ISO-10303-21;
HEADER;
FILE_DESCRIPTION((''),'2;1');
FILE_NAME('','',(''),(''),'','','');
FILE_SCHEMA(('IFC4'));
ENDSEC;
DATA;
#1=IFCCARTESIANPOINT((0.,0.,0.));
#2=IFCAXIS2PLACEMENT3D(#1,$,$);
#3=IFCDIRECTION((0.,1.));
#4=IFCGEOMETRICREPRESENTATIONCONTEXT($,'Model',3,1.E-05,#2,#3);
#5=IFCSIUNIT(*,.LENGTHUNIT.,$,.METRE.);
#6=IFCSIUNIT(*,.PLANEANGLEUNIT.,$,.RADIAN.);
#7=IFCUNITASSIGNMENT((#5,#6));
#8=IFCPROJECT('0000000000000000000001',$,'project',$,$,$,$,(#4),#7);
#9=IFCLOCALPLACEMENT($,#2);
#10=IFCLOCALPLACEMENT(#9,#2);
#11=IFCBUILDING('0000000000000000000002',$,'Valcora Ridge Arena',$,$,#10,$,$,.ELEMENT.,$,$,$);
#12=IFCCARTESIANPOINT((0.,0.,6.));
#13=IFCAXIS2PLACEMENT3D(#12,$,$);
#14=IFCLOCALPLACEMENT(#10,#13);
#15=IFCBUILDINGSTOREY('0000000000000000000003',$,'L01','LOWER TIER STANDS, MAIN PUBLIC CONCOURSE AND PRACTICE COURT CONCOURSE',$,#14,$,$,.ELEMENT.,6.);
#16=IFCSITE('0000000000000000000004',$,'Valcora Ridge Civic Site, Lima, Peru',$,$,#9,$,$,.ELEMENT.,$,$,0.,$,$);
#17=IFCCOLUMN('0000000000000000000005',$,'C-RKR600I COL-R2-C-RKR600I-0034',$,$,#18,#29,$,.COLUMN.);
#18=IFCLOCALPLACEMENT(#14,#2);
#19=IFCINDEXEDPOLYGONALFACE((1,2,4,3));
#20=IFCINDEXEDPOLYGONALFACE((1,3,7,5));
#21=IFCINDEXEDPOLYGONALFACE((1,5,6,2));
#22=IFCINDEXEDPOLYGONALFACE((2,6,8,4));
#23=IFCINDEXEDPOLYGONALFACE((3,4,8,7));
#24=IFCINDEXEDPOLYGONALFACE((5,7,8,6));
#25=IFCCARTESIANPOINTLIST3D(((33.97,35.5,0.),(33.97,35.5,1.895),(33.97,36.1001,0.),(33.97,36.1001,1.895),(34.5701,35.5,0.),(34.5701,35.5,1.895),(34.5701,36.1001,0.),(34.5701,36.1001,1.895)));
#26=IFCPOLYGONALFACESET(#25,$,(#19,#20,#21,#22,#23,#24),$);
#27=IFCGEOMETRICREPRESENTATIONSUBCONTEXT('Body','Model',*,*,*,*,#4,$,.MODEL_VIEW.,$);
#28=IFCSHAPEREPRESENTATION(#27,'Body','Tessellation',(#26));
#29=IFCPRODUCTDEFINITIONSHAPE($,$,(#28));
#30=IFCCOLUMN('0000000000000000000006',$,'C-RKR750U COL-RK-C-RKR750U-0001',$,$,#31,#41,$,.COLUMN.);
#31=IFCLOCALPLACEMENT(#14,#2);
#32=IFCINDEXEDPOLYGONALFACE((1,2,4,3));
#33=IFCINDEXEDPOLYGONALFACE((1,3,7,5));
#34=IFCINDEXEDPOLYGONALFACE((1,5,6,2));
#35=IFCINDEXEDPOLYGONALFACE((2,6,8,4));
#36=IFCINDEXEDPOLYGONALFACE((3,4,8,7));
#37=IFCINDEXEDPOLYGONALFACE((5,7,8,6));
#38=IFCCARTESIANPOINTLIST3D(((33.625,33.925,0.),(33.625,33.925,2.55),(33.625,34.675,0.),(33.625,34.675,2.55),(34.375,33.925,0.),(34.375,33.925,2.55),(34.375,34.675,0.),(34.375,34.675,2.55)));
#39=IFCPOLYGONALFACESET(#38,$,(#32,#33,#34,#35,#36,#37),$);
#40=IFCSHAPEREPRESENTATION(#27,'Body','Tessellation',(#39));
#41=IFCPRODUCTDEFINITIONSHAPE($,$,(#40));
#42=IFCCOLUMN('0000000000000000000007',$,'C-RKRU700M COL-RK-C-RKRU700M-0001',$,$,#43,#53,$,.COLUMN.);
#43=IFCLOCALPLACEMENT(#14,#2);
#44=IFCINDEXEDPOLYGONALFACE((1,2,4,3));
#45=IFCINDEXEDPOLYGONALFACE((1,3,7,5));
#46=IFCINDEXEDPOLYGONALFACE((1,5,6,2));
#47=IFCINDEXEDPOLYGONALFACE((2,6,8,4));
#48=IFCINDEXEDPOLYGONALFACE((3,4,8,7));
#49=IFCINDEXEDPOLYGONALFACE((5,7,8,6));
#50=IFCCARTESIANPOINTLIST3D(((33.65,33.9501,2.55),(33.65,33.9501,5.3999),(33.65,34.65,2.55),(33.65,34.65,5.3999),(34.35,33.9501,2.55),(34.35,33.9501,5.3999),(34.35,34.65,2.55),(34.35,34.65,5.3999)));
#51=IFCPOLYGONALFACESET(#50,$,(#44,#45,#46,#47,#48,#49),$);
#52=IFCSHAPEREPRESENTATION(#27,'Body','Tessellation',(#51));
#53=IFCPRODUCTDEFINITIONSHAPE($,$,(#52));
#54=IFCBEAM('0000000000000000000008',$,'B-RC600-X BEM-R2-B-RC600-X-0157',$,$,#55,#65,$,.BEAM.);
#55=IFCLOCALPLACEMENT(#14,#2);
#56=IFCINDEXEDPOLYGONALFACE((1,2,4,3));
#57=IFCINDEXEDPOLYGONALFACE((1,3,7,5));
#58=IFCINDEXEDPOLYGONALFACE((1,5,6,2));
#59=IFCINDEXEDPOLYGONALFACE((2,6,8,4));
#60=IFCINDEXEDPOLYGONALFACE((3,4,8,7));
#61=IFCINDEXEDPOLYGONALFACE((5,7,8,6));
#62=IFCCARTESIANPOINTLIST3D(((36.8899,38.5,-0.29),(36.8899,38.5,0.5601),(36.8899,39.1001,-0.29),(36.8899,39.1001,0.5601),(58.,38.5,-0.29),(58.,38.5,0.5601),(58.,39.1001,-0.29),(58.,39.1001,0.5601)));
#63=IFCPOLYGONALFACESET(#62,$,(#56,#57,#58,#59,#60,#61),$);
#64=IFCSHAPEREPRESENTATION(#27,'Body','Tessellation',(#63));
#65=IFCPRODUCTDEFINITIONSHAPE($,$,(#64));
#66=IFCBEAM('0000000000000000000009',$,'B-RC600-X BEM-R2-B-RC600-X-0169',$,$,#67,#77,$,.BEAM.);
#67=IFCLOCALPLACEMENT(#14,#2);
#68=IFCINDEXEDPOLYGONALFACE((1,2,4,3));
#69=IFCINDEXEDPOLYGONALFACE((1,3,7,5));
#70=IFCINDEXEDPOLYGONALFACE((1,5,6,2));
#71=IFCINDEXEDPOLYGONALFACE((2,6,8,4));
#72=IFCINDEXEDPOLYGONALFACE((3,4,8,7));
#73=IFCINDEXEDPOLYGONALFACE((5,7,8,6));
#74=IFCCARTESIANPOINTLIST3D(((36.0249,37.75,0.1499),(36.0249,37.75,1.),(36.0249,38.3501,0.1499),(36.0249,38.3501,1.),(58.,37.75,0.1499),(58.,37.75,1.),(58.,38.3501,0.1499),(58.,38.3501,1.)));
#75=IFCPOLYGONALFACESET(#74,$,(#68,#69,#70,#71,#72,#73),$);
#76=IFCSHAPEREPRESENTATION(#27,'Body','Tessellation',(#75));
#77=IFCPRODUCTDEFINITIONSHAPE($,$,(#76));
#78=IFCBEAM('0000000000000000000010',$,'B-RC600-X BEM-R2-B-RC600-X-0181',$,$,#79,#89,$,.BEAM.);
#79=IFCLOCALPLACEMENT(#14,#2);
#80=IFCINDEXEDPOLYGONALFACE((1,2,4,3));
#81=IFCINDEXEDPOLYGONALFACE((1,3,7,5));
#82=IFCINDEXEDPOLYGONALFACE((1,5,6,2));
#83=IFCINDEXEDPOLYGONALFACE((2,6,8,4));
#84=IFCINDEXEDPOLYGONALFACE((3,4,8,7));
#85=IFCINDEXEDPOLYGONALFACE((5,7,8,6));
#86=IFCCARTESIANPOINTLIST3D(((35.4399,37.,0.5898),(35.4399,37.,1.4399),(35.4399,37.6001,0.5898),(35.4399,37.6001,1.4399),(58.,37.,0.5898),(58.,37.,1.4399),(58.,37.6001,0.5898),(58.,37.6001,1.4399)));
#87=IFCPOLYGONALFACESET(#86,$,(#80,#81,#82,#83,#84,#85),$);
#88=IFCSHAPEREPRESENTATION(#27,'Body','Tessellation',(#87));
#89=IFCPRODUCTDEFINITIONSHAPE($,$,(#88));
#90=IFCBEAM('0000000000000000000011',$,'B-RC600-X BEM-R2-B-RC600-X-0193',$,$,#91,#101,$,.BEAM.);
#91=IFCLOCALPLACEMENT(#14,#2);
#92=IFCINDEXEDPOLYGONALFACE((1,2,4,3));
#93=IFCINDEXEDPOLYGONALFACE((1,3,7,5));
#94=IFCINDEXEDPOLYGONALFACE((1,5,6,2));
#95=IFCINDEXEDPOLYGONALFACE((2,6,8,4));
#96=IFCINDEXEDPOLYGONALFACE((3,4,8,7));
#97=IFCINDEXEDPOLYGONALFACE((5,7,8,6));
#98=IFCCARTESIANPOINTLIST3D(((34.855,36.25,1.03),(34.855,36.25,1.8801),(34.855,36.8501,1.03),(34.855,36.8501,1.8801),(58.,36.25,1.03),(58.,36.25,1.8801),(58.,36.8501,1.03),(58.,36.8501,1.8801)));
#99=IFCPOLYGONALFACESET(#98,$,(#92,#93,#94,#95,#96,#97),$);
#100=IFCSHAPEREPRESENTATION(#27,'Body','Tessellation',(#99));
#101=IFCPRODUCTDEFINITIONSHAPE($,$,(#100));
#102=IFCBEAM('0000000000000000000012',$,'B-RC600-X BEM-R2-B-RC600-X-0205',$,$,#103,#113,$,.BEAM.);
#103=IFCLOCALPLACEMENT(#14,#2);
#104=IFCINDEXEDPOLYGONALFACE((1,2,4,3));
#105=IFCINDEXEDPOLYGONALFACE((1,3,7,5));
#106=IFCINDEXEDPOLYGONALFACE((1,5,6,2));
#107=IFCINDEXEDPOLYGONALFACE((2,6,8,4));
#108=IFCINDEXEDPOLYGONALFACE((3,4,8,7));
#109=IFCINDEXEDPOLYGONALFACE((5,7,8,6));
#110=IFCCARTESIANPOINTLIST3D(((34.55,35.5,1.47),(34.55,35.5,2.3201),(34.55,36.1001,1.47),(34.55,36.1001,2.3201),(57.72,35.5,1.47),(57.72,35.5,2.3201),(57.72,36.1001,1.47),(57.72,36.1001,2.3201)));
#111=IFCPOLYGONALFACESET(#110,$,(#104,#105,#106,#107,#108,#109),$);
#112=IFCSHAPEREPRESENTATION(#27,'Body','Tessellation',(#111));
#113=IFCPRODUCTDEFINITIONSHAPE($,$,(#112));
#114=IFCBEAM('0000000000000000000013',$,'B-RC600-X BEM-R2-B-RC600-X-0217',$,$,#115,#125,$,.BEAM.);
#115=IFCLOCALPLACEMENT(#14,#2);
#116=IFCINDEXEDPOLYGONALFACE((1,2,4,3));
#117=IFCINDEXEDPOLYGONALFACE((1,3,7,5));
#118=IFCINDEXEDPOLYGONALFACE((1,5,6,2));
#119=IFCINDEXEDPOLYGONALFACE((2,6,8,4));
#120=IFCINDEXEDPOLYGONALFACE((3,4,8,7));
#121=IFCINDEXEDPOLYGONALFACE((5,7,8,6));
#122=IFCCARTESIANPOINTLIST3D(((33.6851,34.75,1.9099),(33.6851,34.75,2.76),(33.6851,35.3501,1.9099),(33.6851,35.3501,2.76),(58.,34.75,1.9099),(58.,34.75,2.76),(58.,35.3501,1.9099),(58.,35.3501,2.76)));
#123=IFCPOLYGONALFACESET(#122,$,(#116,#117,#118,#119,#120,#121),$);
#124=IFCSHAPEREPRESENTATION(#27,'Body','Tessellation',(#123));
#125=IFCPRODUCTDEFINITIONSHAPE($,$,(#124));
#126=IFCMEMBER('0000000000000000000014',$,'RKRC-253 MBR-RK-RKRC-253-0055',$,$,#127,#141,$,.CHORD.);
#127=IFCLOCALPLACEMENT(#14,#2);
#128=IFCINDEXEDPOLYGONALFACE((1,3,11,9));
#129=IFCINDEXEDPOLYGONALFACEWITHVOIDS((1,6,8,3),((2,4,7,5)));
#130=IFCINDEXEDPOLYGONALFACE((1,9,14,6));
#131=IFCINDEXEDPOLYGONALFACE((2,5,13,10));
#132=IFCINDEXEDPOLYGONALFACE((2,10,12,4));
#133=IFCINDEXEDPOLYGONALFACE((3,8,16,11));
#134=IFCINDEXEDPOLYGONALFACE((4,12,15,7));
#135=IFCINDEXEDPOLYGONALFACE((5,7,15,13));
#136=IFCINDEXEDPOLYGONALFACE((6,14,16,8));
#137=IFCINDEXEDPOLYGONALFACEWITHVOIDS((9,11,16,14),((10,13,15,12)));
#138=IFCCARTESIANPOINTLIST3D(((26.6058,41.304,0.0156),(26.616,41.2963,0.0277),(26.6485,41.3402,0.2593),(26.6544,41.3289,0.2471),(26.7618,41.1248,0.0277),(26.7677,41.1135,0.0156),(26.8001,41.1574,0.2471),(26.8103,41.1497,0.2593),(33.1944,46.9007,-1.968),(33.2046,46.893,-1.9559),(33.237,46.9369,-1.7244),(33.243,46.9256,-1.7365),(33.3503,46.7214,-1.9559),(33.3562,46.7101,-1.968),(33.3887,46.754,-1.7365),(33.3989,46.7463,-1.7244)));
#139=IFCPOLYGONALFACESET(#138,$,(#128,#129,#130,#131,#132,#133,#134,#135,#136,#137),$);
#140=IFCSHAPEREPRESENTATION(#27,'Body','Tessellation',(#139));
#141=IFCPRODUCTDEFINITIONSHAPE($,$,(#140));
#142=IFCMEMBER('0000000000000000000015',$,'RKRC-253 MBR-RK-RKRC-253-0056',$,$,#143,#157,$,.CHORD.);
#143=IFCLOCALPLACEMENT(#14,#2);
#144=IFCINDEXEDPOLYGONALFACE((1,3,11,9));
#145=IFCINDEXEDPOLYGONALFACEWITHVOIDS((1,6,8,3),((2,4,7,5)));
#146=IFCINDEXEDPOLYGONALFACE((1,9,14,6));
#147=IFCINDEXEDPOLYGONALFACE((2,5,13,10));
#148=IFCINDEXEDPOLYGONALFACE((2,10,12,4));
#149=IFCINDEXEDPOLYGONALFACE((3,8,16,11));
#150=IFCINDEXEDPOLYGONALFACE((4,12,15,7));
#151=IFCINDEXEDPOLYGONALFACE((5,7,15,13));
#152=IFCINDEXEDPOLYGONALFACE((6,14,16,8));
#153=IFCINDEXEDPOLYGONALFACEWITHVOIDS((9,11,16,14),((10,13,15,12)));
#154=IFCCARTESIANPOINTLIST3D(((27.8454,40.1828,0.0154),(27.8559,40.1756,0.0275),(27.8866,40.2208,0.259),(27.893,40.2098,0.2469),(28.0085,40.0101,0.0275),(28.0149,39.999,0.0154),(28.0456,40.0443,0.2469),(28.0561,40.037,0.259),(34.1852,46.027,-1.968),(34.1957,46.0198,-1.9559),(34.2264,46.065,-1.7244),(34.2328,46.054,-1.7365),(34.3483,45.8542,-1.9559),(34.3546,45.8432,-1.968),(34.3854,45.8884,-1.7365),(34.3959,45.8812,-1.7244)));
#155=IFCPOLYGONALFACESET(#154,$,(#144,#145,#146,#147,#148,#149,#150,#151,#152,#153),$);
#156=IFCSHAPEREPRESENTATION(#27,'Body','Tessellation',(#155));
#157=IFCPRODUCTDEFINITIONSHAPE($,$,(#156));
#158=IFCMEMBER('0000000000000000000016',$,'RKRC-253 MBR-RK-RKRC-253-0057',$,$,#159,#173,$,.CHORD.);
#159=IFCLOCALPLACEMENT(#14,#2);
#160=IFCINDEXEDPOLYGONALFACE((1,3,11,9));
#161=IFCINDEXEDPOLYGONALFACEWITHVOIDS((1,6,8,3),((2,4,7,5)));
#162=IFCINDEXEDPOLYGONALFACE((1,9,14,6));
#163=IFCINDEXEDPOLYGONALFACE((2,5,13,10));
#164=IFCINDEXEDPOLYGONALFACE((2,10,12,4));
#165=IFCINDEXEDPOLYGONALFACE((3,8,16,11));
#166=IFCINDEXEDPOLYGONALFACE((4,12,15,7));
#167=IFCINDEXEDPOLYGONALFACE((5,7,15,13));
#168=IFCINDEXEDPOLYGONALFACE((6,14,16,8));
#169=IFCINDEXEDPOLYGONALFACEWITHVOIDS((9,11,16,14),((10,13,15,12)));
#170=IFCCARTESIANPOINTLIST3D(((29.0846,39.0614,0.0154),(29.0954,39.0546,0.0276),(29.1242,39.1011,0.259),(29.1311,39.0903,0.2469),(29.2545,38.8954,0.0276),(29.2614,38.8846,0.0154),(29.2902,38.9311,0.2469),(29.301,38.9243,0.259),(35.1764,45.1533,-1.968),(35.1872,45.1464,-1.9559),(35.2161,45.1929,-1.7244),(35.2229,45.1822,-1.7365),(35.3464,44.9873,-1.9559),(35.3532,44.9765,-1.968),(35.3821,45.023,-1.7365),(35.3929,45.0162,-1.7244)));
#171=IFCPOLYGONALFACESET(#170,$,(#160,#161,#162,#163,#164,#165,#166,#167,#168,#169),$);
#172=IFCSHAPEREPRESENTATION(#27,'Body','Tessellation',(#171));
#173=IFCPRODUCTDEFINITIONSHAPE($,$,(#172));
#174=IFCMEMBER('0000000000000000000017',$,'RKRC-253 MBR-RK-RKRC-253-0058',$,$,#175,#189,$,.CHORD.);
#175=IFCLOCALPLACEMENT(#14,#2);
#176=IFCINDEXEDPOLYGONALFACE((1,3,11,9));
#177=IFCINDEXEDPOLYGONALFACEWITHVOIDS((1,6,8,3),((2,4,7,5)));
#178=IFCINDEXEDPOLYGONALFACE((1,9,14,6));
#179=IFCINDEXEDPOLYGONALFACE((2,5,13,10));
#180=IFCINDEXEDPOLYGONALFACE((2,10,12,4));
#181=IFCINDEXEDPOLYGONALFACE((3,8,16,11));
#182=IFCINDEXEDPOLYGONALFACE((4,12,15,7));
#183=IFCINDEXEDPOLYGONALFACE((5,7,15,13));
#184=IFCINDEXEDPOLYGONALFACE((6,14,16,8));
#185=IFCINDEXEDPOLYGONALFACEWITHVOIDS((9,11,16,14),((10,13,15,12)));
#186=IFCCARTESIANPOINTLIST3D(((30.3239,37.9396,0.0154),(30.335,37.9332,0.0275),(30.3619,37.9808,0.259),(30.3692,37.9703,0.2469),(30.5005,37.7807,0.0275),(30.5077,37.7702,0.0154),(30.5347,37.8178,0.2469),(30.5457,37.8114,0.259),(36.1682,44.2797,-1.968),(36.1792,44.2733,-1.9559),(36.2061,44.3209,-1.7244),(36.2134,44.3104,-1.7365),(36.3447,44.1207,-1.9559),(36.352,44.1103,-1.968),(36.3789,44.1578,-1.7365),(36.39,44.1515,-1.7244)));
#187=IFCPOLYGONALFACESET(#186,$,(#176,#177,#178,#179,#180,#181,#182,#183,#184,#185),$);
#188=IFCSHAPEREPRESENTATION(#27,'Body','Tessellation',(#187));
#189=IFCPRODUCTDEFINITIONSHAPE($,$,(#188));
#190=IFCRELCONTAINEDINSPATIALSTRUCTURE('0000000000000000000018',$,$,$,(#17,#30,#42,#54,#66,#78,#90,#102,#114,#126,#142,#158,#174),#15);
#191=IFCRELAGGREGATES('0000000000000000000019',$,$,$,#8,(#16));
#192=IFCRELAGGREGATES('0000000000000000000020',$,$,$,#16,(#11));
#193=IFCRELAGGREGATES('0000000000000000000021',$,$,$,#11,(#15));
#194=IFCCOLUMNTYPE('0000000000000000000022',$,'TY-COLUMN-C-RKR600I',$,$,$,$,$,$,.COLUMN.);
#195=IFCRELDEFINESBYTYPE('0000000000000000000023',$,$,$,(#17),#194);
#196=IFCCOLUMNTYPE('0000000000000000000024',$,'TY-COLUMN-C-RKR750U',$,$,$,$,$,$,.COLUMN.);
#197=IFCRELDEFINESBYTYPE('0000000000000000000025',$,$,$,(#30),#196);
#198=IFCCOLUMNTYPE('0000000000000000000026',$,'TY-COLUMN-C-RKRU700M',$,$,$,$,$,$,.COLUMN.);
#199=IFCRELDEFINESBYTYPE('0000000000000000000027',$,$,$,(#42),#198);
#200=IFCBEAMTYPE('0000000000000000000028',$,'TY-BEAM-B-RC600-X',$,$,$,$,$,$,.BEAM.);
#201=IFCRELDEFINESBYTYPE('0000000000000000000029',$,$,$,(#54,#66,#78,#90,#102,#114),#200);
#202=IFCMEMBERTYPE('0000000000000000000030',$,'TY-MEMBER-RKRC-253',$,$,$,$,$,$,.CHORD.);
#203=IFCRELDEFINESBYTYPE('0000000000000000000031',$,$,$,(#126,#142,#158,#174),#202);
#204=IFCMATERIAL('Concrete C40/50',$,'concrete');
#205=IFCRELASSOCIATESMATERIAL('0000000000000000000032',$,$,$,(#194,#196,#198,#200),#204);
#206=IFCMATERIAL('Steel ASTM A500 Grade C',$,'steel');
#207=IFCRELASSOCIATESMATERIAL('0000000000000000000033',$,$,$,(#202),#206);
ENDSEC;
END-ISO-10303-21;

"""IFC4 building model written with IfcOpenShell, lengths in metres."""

from ifc_helpers import new_model, si_unit, direction, frame, origin, origin_2d, place, context, subcontext, project, spatial, rectangle, hollow_rectangle, extrude, material, material_profile, profile_set, type_object, element, save


model = new_model("IFC4")

# Units and contexts
model_context = context("Model", 3, precision=1e-05, world=origin(), true_north=direction((0.0, 1.0)))
body_context = subcontext(model_context, "Body", "Model", "MODEL_VIEW")
ifc_project = project(units=[si_unit("LENGTHUNIT", "METRE"), si_unit("PLANEANGLEUNIT", "RADIAN")], contexts=[model_context])

# Site, building, storey
site_placement = place(None, origin())
site = spatial("IfcSite", under=ifc_project, at=site_placement, Name="Valcora Ridge Civic Site, Lima, Peru", CompositionType="ELEMENT", RefElevation=0.0)
building_placement = place(site_placement, origin())
building = spatial("IfcBuilding", under=site, at=building_placement, Name="Valcora Ridge Arena", CompositionType="ELEMENT")
storey_placement = place(building_placement, frame((0.0, 0.0, 6.0)))
storey = spatial("IfcBuildingStorey", under=building, at=storey_placement, Name="L01", Description="LOWER TIER STANDS, MAIN PUBLIC CONCOURSE AND PRACTICE COURT CONCOURSE", CompositionType="ELEMENT", Elevation=6.0)

# Columns
ifc_material_1 = material(Name="Concrete C40/50", Category="concrete")
ifc_material_profile_1 = material_profile(ifc_material_1, rectangle(XDim=0.6001, YDim=0.6001, at=origin_2d()), Name="RC 600x600")
ifc_profile_set_1 = profile_set([ifc_material_profile_1], Name="Concrete C40/50")
column_type_1 = type_object("IfcColumnType", Name="TY-COLUMN-C-RKR600I", PredefinedType="COLUMN", material=ifc_profile_set_1)
column_1_placement = place(storey_placement, frame((34.27, 35.8, 0.0), z_axis=(0.0, 0.0, 1.0), x_axis=(1.0, 0.0, 0.0)))
element("IfcColumn", 1, at=column_1_placement, inside=storey, type_object=column_type_1, Name="C-RKR600I COL-R2-C-RKR600I-0034", PredefinedType="COLUMN", context=body_context, shape_type="SweptSolid", body=[
    extrude(rectangle(XDim=0.6001, YDim=0.6001, at=origin_2d()), origin(), (0.0, 0.0, 1.0), 1.895),
])
ifc_material_profile_2 = material_profile(ifc_material_1, rectangle(XDim=0.75, YDim=0.75, at=origin_2d()), Name="RC 750x750")
ifc_profile_set_2 = profile_set([ifc_material_profile_2], Name="Concrete C40/50")
column_type_2 = type_object("IfcColumnType", Name="TY-COLUMN-C-RKR750U", PredefinedType="COLUMN", material=ifc_profile_set_2)
column_2_placement = place(storey_placement, frame((34.0, 34.3, 0.0), z_axis=(0.0, 0.0, 1.0), x_axis=(1.0, 0.0, 0.0)))
element("IfcColumn", 2, at=column_2_placement, inside=storey, type_object=column_type_2, Name="C-RKR750U COL-RK-C-RKR750U-0001", PredefinedType="COLUMN", context=body_context, shape_type="SweptSolid", body=[
    extrude(rectangle(XDim=0.75, YDim=0.75, at=origin_2d()), origin(), (0.0, 0.0, 1.0), 2.55),
])
ifc_material_profile_3 = material_profile(ifc_material_1, rectangle(XDim=0.7, YDim=0.7, at=origin_2d()), Name="RC 700x700")
ifc_profile_set_3 = profile_set([ifc_material_profile_3], Name="Concrete C40/50")
column_type_3 = type_object("IfcColumnType", Name="TY-COLUMN-C-RKRU700M", PredefinedType="COLUMN", material=ifc_profile_set_3)
column_3_placement = place(storey_placement, frame((34.0, 34.3, 2.55), z_axis=(0.0, 0.0, 1.0), x_axis=(1.0, 0.0, 0.0)))
element("IfcColumn", 3, at=column_3_placement, inside=storey, type_object=column_type_3, Name="C-RKRU700M COL-RK-C-RKRU700M-0001", PredefinedType="COLUMN", context=body_context, shape_type="SweptSolid", body=[
    extrude(rectangle(XDim=0.7, YDim=0.7, at=origin_2d()), origin(), (0.0, 0.0, 1.0), 2.8499),
])

# Beams
ifc_material_profile_4 = material_profile(ifc_material_1, rectangle(XDim=0.6001, YDim=0.8501, at=origin_2d()), Name="RC 600x850")
ifc_profile_set_4 = profile_set([ifc_material_profile_4], Name="Concrete C40/50")
beam_type = type_object("IfcBeamType", Name="TY-BEAM-B-RC600-X", PredefinedType="BEAM", material=ifc_profile_set_4)
beam_1_placement = place(storey_placement, frame((36.8899, 38.8, 0.135), z_axis=(1.0, 0.0, 0.0), x_axis=(0.0, 1.0, 0.0)))
element("IfcBeam", 4, at=beam_1_placement, inside=storey, type_object=beam_type, Name="B-RC600-X BEM-R2-B-RC600-X-0157", PredefinedType="BEAM", context=body_context, shape_type="SweptSolid", body=[
    extrude(rectangle(XDim=0.6001, YDim=0.8501, at=origin_2d()), origin(), (0.0, 0.0, 1.0), 21.1101),
])
beam_2_placement = place(storey_placement, frame((36.0249, 38.05, 0.575), z_axis=(1.0, 0.0, 0.0), x_axis=(0.0, 1.0, 0.0)))
element("IfcBeam", 5, at=beam_2_placement, inside=storey, type_object=beam_type, Name="B-RC600-X BEM-R2-B-RC600-X-0169", PredefinedType="BEAM", context=body_context, shape_type="SweptSolid", body=[
    extrude(rectangle(XDim=0.6001, YDim=0.8501, at=origin_2d()), origin(), (0.0, 0.0, 1.0), 21.9751),
])
beam_3_placement = place(storey_placement, frame((35.4399, 37.3, 1.0149), z_axis=(1.0, 0.0, 0.0), x_axis=(0.0, 1.0, 0.0)))
element("IfcBeam", 6, at=beam_3_placement, inside=storey, type_object=beam_type, Name="B-RC600-X BEM-R2-B-RC600-X-0181", PredefinedType="BEAM", context=body_context, shape_type="SweptSolid", body=[
    extrude(rectangle(XDim=0.6001, YDim=0.8501, at=origin_2d()), origin(), (0.0, 0.0, 1.0), 22.5601),
])
beam_4_placement = place(storey_placement, frame((34.855, 36.55, 1.4551), z_axis=(1.0, 0.0, 0.0), x_axis=(0.0, 1.0, 0.0)))
element("IfcBeam", 7, at=beam_4_placement, inside=storey, type_object=beam_type, Name="B-RC600-X BEM-R2-B-RC600-X-0193", PredefinedType="BEAM", context=body_context, shape_type="SweptSolid", body=[
    extrude(rectangle(XDim=0.6001, YDim=0.8501, at=origin_2d()), origin(), (0.0, 0.0, 1.0), 23.145),
])
beam_5_placement = place(storey_placement, frame((34.55, 35.8, 1.895), z_axis=(1.0, 0.0, 0.0), x_axis=(0.0, 1.0, 0.0)))
element("IfcBeam", 8, at=beam_5_placement, inside=storey, type_object=beam_type, Name="B-RC600-X BEM-R2-B-RC600-X-0205", PredefinedType="BEAM", context=body_context, shape_type="SweptSolid", body=[
    extrude(rectangle(XDim=0.6001, YDim=0.8501, at=origin_2d()), origin(), (0.0, 0.0, 1.0), 23.1699),
])
beam_6_placement = place(storey_placement, frame((33.6851, 35.05, 2.335), z_axis=(1.0, 0.0, 0.0), x_axis=(0.0, 1.0, 0.0)))
element("IfcBeam", 9, at=beam_6_placement, inside=storey, type_object=beam_type, Name="B-RC600-X BEM-R2-B-RC600-X-0217", PredefinedType="BEAM", context=body_context, shape_type="SweptSolid", body=[
    extrude(rectangle(XDim=0.6001, YDim=0.8501, at=origin_2d()), origin(), (0.0, 0.0, 1.0), 24.3149),
])

# Members
ifc_material_2 = material(Name="Steel ASTM A500 Grade C", Category="steel")
ifc_material_profile_5 = material_profile(ifc_material_2, hollow_rectangle(XDim=0.25, YDim=0.25, WallThickness=0.0125, at=origin_2d()), Name="HSS250X250X12")
ifc_profile_set_5 = profile_set([ifc_material_profile_5], Name="Steel ASTM A500 Grade C")
member_type_1 = type_object("IfcMemberType", Name="TY-MEMBER-RKRC-253", PredefinedType="CHORD", material=ifc_profile_set_5)
member_1_placement = place(storey_placement, frame((33.2966, 46.8235, -1.8462), z_axis=(-0.742842, -0.631005, 0.223648), x_axis=(0.647403, -0.762148, 0.0)))
element("IfcMember", 10, at=member_1_placement, inside=storey, type_object=member_type_1, Name="RKRC-253 MBR-RK-RKRC-253-0055", PredefinedType="CHORD", context=body_context, shape_type="SweptSolid", body=[
    extrude(hollow_rectangle(XDim=0.25, YDim=0.25, WallThickness=0.0125, at=origin_2d()), origin(), (0.0, 0.0, 1.0), 8.8694),
])
member_2_placement = place(storey_placement, frame((34.2905, 45.9541, -1.8462), z_axis=(-0.716549, -0.660534, 0.22417), x_axis=(0.677784, -0.735261, 0.0)))
element("IfcMember", 11, at=member_2_placement, inside=storey, type_object=member_type_1, Name="RKRC-253 MBR-RK-RKRC-253-0056", PredefinedType="CHORD", context=body_context, shape_type="SweptSolid", body=[
    extrude(hollow_rectangle(XDim=0.25, YDim=0.25, WallThickness=0.0125, at=origin_2d()), origin(), (0.0, 0.0, 1.0), 8.8477),
])
member_3_placement = place(storey_placement, frame((35.2847, 45.0847, -1.8462), z_axis=(-0.689081, -0.689081, 0.224354), x_axis=(0.707107, -0.707107, 0.0)))
element("IfcMember", 12, at=member_3_placement, inside=storey, type_object=member_type_1, Name="RKRC-253 MBR-RK-RKRC-253-0057", PredefinedType="CHORD", context=body_context, shape_type="SweptSolid", body=[
    extrude(hollow_rectangle(XDim=0.25, YDim=0.25, WallThickness=0.0125, at=origin_2d()), origin(), (0.0, 0.0, 1.0), 8.8406),
])
member_4_placement = place(storey_placement, frame((36.2791, 44.2156, -1.8462), z_axis=(-0.660521, -0.716562, 0.224165), x_axis=(0.735274, -0.67777, 0.0)))
element("IfcMember", 13, at=member_4_placement, inside=storey, type_object=member_type_1, Name="RKRC-253 MBR-RK-RKRC-253-0058", PredefinedType="CHORD", context=body_context, shape_type="SweptSolid", body=[
    extrude(hollow_rectangle(XDim=0.25, YDim=0.25, WallThickness=0.0125, at=origin_2d()), origin(), (0.0, 0.0, 1.0), 8.8479),
])

save(model, "model.ifc")
